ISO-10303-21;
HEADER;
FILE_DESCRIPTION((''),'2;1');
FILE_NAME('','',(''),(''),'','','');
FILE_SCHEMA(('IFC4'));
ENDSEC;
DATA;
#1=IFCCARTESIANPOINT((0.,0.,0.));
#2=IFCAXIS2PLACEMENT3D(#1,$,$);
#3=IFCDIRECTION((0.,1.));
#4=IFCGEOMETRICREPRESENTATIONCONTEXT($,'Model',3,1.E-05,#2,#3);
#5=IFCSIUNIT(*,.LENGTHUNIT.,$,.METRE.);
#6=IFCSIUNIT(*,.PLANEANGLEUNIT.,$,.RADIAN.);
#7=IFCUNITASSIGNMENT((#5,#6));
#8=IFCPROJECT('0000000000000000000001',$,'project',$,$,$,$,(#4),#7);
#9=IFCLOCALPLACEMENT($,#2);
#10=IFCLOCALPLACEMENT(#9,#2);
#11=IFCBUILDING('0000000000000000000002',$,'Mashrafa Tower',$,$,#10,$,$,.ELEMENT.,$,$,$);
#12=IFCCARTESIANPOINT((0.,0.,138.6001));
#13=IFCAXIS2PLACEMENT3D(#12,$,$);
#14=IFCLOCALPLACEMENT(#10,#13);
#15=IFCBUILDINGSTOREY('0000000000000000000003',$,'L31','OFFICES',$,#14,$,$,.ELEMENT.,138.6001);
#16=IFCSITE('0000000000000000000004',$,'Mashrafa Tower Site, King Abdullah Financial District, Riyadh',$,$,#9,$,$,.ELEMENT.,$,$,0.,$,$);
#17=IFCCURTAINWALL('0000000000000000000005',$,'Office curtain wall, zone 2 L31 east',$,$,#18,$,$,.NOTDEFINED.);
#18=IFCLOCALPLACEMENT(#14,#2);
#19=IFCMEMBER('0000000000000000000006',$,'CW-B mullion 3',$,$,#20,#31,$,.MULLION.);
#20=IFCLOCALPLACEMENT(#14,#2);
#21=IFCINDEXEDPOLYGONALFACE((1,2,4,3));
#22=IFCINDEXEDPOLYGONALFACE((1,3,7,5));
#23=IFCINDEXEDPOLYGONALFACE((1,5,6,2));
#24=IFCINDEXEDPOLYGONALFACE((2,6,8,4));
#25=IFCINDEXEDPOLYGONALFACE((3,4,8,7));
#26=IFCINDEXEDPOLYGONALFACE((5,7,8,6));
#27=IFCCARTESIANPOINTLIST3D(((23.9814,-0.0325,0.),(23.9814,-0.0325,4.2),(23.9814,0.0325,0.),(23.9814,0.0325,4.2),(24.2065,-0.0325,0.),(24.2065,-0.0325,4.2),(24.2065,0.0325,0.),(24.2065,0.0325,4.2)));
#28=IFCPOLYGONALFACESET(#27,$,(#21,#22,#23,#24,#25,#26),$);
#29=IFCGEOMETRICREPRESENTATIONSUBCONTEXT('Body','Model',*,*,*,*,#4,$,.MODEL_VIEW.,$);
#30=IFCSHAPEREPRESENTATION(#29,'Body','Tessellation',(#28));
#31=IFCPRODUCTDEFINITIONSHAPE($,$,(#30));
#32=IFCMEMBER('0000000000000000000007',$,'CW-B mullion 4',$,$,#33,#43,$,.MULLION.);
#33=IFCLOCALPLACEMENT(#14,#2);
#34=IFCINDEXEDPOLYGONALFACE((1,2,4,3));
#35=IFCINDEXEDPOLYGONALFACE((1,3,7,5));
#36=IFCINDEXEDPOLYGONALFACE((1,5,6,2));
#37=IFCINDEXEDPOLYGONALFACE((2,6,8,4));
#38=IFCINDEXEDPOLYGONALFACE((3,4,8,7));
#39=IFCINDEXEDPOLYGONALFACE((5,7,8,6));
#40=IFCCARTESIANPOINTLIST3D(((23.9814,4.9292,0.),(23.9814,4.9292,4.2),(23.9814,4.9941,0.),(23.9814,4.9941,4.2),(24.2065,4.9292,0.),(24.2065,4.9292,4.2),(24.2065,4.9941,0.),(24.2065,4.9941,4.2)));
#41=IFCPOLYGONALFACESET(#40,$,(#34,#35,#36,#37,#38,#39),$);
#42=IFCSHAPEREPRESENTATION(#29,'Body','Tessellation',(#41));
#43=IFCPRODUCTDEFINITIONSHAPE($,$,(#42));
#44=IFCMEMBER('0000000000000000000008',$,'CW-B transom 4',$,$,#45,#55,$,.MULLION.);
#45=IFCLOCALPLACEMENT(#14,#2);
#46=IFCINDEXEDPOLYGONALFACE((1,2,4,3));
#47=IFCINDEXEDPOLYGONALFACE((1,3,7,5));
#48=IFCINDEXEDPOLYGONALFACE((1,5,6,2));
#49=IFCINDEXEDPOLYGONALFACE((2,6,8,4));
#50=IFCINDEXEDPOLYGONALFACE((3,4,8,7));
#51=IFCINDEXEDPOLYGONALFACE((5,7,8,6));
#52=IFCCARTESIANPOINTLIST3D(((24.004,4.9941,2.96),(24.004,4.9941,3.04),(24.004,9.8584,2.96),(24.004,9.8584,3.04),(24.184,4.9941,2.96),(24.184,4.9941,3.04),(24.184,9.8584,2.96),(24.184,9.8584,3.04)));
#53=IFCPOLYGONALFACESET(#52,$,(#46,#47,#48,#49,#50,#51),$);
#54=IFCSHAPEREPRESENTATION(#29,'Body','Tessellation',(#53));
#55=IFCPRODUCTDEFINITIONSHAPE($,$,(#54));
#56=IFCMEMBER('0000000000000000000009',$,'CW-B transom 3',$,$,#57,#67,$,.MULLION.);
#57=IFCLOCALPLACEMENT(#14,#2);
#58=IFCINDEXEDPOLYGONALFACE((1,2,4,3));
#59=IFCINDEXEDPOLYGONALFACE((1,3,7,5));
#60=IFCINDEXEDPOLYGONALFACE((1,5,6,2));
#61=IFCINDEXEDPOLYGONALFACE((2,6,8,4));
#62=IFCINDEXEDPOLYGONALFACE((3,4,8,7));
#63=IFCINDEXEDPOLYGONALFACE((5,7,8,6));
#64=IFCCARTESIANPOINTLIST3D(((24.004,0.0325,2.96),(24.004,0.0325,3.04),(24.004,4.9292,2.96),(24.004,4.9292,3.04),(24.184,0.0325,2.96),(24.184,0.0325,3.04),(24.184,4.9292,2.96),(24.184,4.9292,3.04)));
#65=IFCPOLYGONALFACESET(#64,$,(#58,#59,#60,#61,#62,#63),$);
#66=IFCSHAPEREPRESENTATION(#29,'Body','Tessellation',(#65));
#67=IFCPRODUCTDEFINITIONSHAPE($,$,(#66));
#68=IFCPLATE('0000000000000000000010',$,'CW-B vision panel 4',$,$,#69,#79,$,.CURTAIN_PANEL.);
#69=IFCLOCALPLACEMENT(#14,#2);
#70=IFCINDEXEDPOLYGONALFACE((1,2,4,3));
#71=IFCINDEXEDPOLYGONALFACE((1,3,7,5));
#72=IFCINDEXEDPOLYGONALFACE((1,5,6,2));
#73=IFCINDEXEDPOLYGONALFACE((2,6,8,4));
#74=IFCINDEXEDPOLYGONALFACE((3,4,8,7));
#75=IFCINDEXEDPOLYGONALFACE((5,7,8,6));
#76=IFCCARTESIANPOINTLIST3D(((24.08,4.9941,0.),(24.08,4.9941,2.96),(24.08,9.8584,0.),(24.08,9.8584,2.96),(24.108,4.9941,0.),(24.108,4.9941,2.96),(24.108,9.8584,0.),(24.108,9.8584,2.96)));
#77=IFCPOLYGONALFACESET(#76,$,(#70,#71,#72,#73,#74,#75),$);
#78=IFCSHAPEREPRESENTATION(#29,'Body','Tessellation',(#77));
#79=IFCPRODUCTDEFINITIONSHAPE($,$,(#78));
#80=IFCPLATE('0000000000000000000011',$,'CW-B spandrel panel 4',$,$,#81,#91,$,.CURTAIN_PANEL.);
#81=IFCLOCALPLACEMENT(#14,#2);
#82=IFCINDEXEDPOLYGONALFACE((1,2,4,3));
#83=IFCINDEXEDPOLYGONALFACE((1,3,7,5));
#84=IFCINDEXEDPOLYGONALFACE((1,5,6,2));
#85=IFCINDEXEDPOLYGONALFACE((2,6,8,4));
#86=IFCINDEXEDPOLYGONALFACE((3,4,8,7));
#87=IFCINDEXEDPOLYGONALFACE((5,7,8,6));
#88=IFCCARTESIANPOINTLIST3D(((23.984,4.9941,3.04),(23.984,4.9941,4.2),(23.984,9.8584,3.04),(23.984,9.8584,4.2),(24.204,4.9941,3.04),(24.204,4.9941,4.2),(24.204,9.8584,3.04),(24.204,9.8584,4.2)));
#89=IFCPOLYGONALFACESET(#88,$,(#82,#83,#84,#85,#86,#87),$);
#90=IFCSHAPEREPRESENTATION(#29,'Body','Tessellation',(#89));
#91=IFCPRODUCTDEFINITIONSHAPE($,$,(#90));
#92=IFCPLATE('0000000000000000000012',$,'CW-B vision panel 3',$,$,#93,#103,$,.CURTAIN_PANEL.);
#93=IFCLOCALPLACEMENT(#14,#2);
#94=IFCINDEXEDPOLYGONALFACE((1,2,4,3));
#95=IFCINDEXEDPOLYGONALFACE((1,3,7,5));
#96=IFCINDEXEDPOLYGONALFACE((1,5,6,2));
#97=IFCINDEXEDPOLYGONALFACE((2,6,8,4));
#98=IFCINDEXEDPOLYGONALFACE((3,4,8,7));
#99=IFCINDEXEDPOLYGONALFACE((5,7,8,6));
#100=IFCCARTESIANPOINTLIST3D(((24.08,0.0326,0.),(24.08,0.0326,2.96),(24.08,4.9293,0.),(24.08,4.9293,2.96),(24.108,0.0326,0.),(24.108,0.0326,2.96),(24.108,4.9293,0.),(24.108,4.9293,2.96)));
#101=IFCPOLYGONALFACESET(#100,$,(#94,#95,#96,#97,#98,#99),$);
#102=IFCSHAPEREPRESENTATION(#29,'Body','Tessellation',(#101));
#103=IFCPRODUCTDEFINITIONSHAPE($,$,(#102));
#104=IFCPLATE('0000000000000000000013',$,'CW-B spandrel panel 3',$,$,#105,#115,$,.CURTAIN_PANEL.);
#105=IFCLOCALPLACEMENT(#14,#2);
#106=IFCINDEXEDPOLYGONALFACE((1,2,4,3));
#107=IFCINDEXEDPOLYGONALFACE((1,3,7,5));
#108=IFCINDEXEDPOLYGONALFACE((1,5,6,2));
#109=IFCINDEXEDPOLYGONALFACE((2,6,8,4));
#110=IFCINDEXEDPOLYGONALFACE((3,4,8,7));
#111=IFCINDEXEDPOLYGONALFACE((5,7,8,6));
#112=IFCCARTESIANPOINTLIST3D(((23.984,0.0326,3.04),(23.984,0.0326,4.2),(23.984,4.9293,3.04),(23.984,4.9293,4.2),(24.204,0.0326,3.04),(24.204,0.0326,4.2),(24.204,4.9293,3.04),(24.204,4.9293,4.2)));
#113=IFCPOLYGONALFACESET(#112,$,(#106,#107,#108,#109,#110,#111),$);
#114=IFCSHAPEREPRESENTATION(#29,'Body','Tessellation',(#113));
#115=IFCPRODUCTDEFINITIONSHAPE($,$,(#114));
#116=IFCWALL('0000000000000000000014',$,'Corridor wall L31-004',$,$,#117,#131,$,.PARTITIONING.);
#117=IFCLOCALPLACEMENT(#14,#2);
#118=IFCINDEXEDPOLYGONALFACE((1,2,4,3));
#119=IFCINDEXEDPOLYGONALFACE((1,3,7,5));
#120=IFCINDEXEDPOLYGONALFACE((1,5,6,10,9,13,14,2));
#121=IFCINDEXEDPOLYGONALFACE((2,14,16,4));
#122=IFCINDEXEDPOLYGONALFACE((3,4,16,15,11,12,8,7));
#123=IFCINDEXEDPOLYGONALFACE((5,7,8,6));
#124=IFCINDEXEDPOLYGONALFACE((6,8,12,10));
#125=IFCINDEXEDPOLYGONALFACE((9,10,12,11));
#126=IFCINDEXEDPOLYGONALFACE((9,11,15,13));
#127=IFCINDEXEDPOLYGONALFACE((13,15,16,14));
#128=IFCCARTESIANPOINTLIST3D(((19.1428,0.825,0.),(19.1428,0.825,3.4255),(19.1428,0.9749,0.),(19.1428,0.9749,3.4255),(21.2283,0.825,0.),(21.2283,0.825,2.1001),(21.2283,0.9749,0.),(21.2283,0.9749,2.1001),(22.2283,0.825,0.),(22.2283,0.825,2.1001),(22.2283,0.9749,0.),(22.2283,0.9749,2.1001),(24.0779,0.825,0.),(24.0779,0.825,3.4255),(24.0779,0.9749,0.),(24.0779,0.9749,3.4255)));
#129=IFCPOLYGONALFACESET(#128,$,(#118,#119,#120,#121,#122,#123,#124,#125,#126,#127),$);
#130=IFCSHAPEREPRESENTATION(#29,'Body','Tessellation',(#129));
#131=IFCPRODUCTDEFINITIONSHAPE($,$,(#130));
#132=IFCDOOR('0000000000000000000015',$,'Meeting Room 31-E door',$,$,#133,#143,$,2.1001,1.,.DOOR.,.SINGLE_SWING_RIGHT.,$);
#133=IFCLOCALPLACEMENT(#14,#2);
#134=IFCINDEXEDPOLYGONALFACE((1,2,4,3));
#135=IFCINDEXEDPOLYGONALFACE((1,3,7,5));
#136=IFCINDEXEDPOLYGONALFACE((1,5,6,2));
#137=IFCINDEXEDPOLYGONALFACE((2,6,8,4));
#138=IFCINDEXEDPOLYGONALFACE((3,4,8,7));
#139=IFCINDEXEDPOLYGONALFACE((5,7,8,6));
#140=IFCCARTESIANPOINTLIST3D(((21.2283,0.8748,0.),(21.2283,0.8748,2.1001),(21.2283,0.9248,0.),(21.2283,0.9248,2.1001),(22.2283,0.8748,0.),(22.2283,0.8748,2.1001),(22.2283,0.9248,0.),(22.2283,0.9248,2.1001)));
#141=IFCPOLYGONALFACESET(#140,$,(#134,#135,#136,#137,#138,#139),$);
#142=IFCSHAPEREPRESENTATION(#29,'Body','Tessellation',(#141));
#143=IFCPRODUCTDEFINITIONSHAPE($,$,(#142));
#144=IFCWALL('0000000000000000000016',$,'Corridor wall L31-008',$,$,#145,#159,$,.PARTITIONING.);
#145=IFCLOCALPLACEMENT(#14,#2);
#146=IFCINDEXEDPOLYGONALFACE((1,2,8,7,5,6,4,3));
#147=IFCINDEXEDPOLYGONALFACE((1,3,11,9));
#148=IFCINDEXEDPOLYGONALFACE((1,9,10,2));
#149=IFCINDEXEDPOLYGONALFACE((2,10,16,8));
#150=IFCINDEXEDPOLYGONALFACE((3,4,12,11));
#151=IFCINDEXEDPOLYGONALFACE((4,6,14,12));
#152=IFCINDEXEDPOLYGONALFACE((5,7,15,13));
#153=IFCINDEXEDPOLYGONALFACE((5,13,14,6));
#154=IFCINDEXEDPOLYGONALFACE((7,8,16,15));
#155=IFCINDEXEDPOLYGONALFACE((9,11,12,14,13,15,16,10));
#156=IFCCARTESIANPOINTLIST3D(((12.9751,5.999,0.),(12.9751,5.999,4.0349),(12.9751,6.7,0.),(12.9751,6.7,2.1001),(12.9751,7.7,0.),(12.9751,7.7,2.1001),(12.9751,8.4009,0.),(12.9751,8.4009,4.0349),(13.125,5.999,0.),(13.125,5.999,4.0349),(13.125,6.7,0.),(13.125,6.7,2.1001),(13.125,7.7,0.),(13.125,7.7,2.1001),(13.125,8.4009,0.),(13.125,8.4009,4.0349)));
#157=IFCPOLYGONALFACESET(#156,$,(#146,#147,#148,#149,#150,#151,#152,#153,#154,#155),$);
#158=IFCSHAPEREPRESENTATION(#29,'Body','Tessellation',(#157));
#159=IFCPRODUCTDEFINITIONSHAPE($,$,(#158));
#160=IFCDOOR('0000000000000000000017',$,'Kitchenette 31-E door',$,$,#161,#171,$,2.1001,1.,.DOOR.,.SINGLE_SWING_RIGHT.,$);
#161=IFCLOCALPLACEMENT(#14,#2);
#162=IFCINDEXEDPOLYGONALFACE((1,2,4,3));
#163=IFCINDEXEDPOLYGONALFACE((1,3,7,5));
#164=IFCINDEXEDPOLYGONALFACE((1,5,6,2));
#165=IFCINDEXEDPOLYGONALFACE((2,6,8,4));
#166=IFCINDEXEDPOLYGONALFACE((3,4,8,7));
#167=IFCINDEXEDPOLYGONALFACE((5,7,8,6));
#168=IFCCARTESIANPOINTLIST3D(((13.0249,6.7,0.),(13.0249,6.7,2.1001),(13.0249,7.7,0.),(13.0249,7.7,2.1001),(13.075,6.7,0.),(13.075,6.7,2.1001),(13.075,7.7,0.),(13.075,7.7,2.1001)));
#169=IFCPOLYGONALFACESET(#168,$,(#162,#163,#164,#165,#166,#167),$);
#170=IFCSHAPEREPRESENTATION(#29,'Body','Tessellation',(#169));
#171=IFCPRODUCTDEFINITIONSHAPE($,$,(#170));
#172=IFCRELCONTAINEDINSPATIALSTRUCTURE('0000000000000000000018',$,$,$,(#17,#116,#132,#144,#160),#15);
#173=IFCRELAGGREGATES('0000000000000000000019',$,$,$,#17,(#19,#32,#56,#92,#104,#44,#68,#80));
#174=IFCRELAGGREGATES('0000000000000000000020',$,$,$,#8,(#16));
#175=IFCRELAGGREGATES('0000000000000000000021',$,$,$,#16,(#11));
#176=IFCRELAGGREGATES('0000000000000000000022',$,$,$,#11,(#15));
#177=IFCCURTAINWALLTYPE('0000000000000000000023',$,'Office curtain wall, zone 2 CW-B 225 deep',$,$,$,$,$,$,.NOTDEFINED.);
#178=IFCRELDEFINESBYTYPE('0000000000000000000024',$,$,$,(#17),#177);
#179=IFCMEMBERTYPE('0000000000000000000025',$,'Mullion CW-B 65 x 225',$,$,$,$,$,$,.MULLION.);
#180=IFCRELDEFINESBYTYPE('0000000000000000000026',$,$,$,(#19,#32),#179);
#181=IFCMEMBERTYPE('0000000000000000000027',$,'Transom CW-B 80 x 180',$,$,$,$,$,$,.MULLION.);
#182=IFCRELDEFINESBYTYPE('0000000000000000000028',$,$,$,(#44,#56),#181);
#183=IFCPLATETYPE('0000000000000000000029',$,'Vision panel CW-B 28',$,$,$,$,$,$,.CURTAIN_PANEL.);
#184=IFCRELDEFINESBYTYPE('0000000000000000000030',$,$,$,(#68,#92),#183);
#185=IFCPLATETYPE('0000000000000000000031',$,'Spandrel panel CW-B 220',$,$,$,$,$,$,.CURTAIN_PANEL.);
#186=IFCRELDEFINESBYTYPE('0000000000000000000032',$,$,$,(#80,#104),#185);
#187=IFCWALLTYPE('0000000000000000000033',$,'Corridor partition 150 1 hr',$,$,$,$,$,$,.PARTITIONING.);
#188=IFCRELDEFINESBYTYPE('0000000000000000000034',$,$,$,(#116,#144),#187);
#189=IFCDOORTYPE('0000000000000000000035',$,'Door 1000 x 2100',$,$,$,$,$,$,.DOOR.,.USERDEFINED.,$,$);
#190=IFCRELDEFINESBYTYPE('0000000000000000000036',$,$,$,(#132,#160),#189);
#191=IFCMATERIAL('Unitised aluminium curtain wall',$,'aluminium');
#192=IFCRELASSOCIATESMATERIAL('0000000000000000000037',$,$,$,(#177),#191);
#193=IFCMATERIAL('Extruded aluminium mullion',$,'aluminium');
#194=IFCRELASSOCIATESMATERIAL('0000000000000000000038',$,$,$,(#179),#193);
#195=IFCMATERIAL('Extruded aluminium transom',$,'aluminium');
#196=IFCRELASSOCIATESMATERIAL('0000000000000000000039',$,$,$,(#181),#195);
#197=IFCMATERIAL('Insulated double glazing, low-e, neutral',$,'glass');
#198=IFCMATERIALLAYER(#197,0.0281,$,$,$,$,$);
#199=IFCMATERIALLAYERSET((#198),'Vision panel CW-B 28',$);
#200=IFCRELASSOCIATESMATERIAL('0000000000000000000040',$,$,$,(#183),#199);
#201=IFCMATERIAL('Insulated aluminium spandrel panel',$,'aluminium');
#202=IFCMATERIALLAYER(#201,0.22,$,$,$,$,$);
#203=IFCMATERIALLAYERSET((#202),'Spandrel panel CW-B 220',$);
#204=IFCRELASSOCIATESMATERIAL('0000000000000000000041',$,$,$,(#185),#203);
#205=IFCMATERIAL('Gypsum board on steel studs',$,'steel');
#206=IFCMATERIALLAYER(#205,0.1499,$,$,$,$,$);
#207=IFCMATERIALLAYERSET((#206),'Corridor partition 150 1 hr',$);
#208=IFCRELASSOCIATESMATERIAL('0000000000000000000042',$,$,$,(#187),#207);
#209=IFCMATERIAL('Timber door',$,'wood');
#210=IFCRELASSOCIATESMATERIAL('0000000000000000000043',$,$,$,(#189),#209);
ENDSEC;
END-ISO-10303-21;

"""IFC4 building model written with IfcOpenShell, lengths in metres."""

from ifc_helpers import new_model, si_unit, direction, frame, frame_2d, origin, origin_2d, place, context, subcontext, project, spatial, rectangle, extrude, source, transform, mapped, material, layer, layer_set, material_profile, profile_set, type_object, type_shapes, element, fill, aggregate, save


model = new_model("IFC4")

# Units and contexts
model_context = context("Model", 3, precision=1e-05, world=origin(), true_north=direction((0.0, 1.0)))
body_context = subcontext(model_context, "Body", "Model", "MODEL_VIEW")
ifc_project = project(units=[si_unit("LENGTHUNIT", "METRE"), si_unit("PLANEANGLEUNIT", "RADIAN")], contexts=[model_context])

# Site, building, storey
site_placement = place(None, origin())
site = spatial("IfcSite", under=ifc_project, at=site_placement, Name="Mashrafa Tower Site, King Abdullah Financial District, Riyadh", CompositionType="ELEMENT", RefElevation=0.0)
building_placement = place(site_placement, origin())
building = spatial("IfcBuilding", under=site, at=building_placement, Name="Mashrafa Tower", CompositionType="ELEMENT")
storey_placement = place(building_placement, frame((0.0, 0.0, 138.6001)))
storey = spatial("IfcBuildingStorey", under=building, at=storey_placement, Name="L31", Description="OFFICES", CompositionType="ELEMENT", Elevation=138.6001)

# Curtain wall, members, plates
ifc_material_1 = material(Name="Unitised aluminium curtain wall", Category="aluminium")
curtain_wall_type = type_object("IfcCurtainWallType", Name="Office curtain wall, zone 2 CW-B 225 deep", PredefinedType="NOTDEFINED", material=ifc_material_1)
curtain_wall_placement = place(storey_placement, origin())
curtain_wall = element("IfcCurtainWall", 1, at=curtain_wall_placement, inside=storey, type_object=curtain_wall_type, Name="Office curtain wall, zone 2 L31 east", PredefinedType="NOTDEFINED")
ifc_material_2 = material(Name="Extruded aluminium mullion", Category="aluminium")
ifc_material_profile_1 = material_profile(ifc_material_2, rectangle(XDim=0.2251, YDim=0.0649, at=origin_2d()), Name="Mullion 65x225")
ifc_profile_set_1 = profile_set([ifc_material_profile_1], Name="Extruded aluminium mullion")
member_type_1 = type_object("IfcMemberType", Name="Mullion CW-B 65 x 225", PredefinedType="MULLION", material=ifc_profile_set_1)
shared_shape_1 = source(origin(), body_context, "Body", "SweptSolid", [
    extrude(rectangle(XDim=0.2251, YDim=0.0649, at=origin_2d()), origin(), (0.0, 0.0, 1.0), 4.2),
])
type_shapes(member_type_1, [shared_shape_1])
member_1_placement = place(storey_placement, frame((24.094, 0.0, 0.0), z_axis=(0.0, 0.0, 1.0), x_axis=(-1.0, 0.0, 0.0)))
member_1 = element("IfcMember", 2, at=member_1_placement, type_object=member_type_1, Name="CW-B mullion 3", PredefinedType="MULLION", context=body_context, shape_type="MappedRepresentation", body=[
    mapped(shared_shape_1, transform((0.0, 0.0, 0.0))),
])
member_2_placement = place(storey_placement, frame((24.094, 4.9617, 0.0), z_axis=(0.0, 0.0, 1.0), x_axis=(-1.0, 0.0, 0.0)))
member_2 = element("IfcMember", 3, at=member_2_placement, type_object=member_type_1, Name="CW-B mullion 4", PredefinedType="MULLION", context=body_context, shape_type="MappedRepresentation", body=[
    mapped(shared_shape_1, transform((0.0, 0.0, 0.0))),
])
ifc_material_3 = material(Name="Extruded aluminium transom", Category="aluminium")
ifc_material_profile_2 = material_profile(ifc_material_3, rectangle(XDim=0.1799, YDim=0.0801, at=origin_2d()), Name="Transom 80x180")
ifc_profile_set_2 = profile_set([ifc_material_profile_2], Name="Extruded aluminium transom")
member_type_2 = type_object("IfcMemberType", Name="Transom CW-B 80 x 180", PredefinedType="MULLION", material=ifc_profile_set_2)
shared_shape_2 = source(origin(), body_context, "Body", "SweptSolid", [
    extrude(rectangle(XDim=0.1799, YDim=0.0801, at=origin_2d()), origin(), (0.0, 0.0, 1.0), 4.8643),
])
member_3_placement = place(storey_placement, frame((24.094, 4.9941, 3.0), z_axis=(0.0, 1.0, 0.0), x_axis=(-1.0, 0.0, 0.0)))
member_3 = element("IfcMember", 4, at=member_3_placement, type_object=member_type_2, Name="CW-B transom 4", PredefinedType="MULLION", context=body_context, shape_type="MappedRepresentation", body=[
    mapped(shared_shape_2, transform((0.0, 0.0, 0.0))),
])
shared_shape_3 = source(origin(), body_context, "Body", "SweptSolid", [
    extrude(rectangle(XDim=0.1799, YDim=0.0801, at=origin_2d()), origin(), (0.0, 0.0, 1.0), 4.8967),
])
type_shapes(member_type_2, [shared_shape_2, shared_shape_3])
member_4_placement = place(storey_placement, frame((24.094, 0.0325, 3.0), z_axis=(0.0, 1.0, 0.0), x_axis=(-1.0, 0.0, 0.0)))
member_4 = element("IfcMember", 5, at=member_4_placement, type_object=member_type_2, Name="CW-B transom 3", PredefinedType="MULLION", context=body_context, shape_type="MappedRepresentation", body=[
    mapped(shared_shape_3, transform((0.0, 0.0, 0.0))),
])
ifc_material_4 = material(Name="Insulated double glazing, low-e, neutral", Category="glass")
ifc_layer_1 = layer(ifc_material_4, 0.0281)
ifc_layer_set_1 = layer_set([ifc_layer_1], Name="Vision panel CW-B 28")
plate_type_1 = type_object("IfcPlateType", Name="Vision panel CW-B 28", PredefinedType="CURTAIN_PANEL", material=ifc_layer_set_1)
shared_shape_4 = source(origin(), body_context, "Body", "SweptSolid", [
    extrude(rectangle(XDim=4.8643, YDim=0.0281, at=origin_2d()), origin(), (0.0, 0.0, 1.0), 2.96),
])
plate_1_placement = place(storey_placement, frame((24.094, 7.4263, 0.0), z_axis=(0.0, 0.0, 1.0), x_axis=(0.0, 1.0, 0.0)))
plate_1 = element("IfcPlate", 6, at=plate_1_placement, type_object=plate_type_1, Name="CW-B vision panel 4", PredefinedType="CURTAIN_PANEL", context=body_context, shape_type="MappedRepresentation", body=[
    mapped(shared_shape_4, transform((0.0, 0.0, 0.0))),
])
ifc_material_5 = material(Name="Insulated aluminium spandrel panel", Category="aluminium")
ifc_layer_2 = layer(ifc_material_5, 0.22)
ifc_layer_set_2 = layer_set([ifc_layer_2], Name="Spandrel panel CW-B 220")
plate_type_2 = type_object("IfcPlateType", Name="Spandrel panel CW-B 220", PredefinedType="CURTAIN_PANEL", material=ifc_layer_set_2)
shared_shape_5 = source(origin(), body_context, "Body", "SweptSolid", [
    extrude(rectangle(XDim=4.8643, YDim=0.22, at=origin_2d()), origin(), (0.0, 0.0, 1.0), 1.1599),
])
plate_2_placement = place(storey_placement, frame((24.094, 7.4263, 3.04), z_axis=(0.0, 0.0, 1.0), x_axis=(0.0, 1.0, 0.0)))
plate_2 = element("IfcPlate", 7, at=plate_2_placement, type_object=plate_type_2, Name="CW-B spandrel panel 4", PredefinedType="CURTAIN_PANEL", context=body_context, shape_type="MappedRepresentation", body=[
    mapped(shared_shape_5, transform((0.0, 0.0, 0.0))),
])
shared_shape_6 = source(origin(), body_context, "Body", "SweptSolid", [
    extrude(rectangle(XDim=4.8967, YDim=0.0281, at=origin_2d()), origin(), (0.0, 0.0, 1.0), 2.96),
])
type_shapes(plate_type_1, [shared_shape_4, shared_shape_6])
plate_3_placement = place(storey_placement, frame((24.094, 2.481, 0.0), z_axis=(0.0, 0.0, 1.0), x_axis=(0.0, 1.0, 0.0)))
plate_3 = element("IfcPlate", 8, at=plate_3_placement, type_object=plate_type_1, Name="CW-B vision panel 3", PredefinedType="CURTAIN_PANEL", context=body_context, shape_type="MappedRepresentation", body=[
    mapped(shared_shape_6, transform((0.0, 0.0, 0.0))),
])
shared_shape_7 = source(origin(), body_context, "Body", "SweptSolid", [
    extrude(rectangle(XDim=4.8967, YDim=0.22, at=origin_2d()), origin(), (0.0, 0.0, 1.0), 1.1599),
])
type_shapes(plate_type_2, [shared_shape_5, shared_shape_7])
plate_4_placement = place(storey_placement, frame((24.094, 2.481, 3.04), z_axis=(0.0, 0.0, 1.0), x_axis=(0.0, 1.0, 0.0)))
plate_4 = element("IfcPlate", 9, at=plate_4_placement, type_object=plate_type_2, Name="CW-B spandrel panel 3", PredefinedType="CURTAIN_PANEL", context=body_context, shape_type="MappedRepresentation", body=[
    mapped(shared_shape_7, transform((0.0, 0.0, 0.0))),
])
aggregate(curtain_wall, [member_1, member_2, member_4, plate_3, plate_4, member_3, plate_1, plate_2])

# Walls, openings, doors
ifc_material_6 = material(Name="Gypsum board on steel studs", Category="steel")
ifc_layer_3 = layer(ifc_material_6, 0.1499)
ifc_layer_set_3 = layer_set([ifc_layer_3], Name="Corridor partition 150 1 hr")
wall_type_1 = type_object("IfcWallType", Name="Corridor partition 150 1 hr", PredefinedType="PARTITIONING", material=ifc_layer_set_3)
wall_1_placement = place(storey_placement, frame((24.0779, 0.8999, 0.0), z_axis=(0.0, 0.0, 1.0), x_axis=(-1.0, 0.0, 0.0)))
wall_1 = element("IfcWall", 10, at=wall_1_placement, inside=storey, type_object=wall_type_1, Name="Corridor wall L31-004", PredefinedType="PARTITIONING", context=body_context, shape_type="SweptSolid", body=[
    extrude(rectangle(XDim=4.9351, YDim=0.1499, at=frame_2d((2.4675, 0.0))), origin(), (0.0, 0.0, 1.0), 3.4255),
])
opening_1_placement = place(wall_1_placement, frame((1.8496, 0.0, 0.0)))
opening_1 = element("IfcOpeningElement", 11, at=opening_1_placement, cuts=wall_1, PredefinedType="OPENING", context=body_context, shape_type="SweptSolid", body=[
    extrude(rectangle(XDim=1.0, YDim=2.1001, at=frame_2d((0.5, 1.05))), frame((0.0, 0.085, 0.0), z_axis=(0.0, -1.0, 0.0), x_axis=(1.0, 0.0, 0.0)), (0.0, 0.0, 1.0), 0.1699),
])
ifc_material_7 = material(Name="Timber door", Category="wood")
door_type_1 = type_object("IfcDoorType", Name="Door 1000 x 2100", OperationType="USERDEFINED", PredefinedType="DOOR", material=ifc_material_7)
door_1_placement = place(opening_1_placement, frame((1.0, 0.0, 0.0), z_axis=(0.0, 0.0, 1.0), x_axis=(-1.0, 0.0, 0.0)))
door_1 = element("IfcDoor", 12, at=door_1_placement, inside=storey, type_object=door_type_1, Name="Meeting Room 31-E door", OperationType="SINGLE_SWING_RIGHT", OverallHeight=2.1001, OverallWidth=1.0, PredefinedType="DOOR", context=body_context, shape_type="SweptSolid", body=[
    extrude(rectangle(XDim=1.0, YDim=2.1001, at=frame_2d((0.5, 1.05))), frame((0.0, 0.0249, 0.0), z_axis=(0.0, -1.0, 0.0), x_axis=(1.0, 0.0, 0.0)), (0.0, 0.0, 1.0), 0.05),
])
fill(opening_1, door_1)
wall_2_placement = place(storey_placement, frame((13.05, 5.999, 0.0), z_axis=(0.0, 0.0, 1.0), x_axis=(0.0, 1.0, 0.0)))
wall_2 = element("IfcWall", 13, at=wall_2_placement, inside=storey, type_object=wall_type_1, Name="Corridor wall L31-008", PredefinedType="PARTITIONING", context=body_context, shape_type="SweptSolid", body=[
    extrude(rectangle(XDim=2.4019, YDim=0.1499, at=frame_2d((1.2009, 0.0))), origin(), (0.0, 0.0, 1.0), 4.0349),
])
opening_2_placement = place(wall_2_placement, frame((0.7009, 0.0, 0.0)))
opening_2 = element("IfcOpeningElement", 14, at=opening_2_placement, cuts=wall_2, PredefinedType="OPENING", context=body_context, shape_type="SweptSolid", body=[
    extrude(rectangle(XDim=1.0, YDim=2.1001, at=frame_2d((0.5, 1.05))), frame((0.0, 0.085, 0.0), z_axis=(0.0, -1.0, 0.0), x_axis=(1.0, 0.0, 0.0)), (0.0, 0.0, 1.0), 0.1699),
])
door_2_placement = place(opening_2_placement, frame((1.0, 0.0, 0.0), z_axis=(0.0, 0.0, 1.0), x_axis=(-1.0, 0.0, 0.0)))
door_2 = element("IfcDoor", 15, at=door_2_placement, inside=storey, type_object=door_type_1, Name="Kitchenette 31-E door", OperationType="SINGLE_SWING_RIGHT", OverallHeight=2.1001, OverallWidth=1.0, PredefinedType="DOOR", context=body_context, shape_type="SweptSolid", body=[
    extrude(rectangle(XDim=1.0, YDim=2.1001, at=frame_2d((0.5, 1.05))), frame((0.0, 0.0249, 0.0), z_axis=(0.0, -1.0, 0.0), x_axis=(1.0, 0.0, 0.0)), (0.0, 0.0, 1.0), 0.05),
])
fill(opening_2, door_2)

save(model, "model.ifc")
